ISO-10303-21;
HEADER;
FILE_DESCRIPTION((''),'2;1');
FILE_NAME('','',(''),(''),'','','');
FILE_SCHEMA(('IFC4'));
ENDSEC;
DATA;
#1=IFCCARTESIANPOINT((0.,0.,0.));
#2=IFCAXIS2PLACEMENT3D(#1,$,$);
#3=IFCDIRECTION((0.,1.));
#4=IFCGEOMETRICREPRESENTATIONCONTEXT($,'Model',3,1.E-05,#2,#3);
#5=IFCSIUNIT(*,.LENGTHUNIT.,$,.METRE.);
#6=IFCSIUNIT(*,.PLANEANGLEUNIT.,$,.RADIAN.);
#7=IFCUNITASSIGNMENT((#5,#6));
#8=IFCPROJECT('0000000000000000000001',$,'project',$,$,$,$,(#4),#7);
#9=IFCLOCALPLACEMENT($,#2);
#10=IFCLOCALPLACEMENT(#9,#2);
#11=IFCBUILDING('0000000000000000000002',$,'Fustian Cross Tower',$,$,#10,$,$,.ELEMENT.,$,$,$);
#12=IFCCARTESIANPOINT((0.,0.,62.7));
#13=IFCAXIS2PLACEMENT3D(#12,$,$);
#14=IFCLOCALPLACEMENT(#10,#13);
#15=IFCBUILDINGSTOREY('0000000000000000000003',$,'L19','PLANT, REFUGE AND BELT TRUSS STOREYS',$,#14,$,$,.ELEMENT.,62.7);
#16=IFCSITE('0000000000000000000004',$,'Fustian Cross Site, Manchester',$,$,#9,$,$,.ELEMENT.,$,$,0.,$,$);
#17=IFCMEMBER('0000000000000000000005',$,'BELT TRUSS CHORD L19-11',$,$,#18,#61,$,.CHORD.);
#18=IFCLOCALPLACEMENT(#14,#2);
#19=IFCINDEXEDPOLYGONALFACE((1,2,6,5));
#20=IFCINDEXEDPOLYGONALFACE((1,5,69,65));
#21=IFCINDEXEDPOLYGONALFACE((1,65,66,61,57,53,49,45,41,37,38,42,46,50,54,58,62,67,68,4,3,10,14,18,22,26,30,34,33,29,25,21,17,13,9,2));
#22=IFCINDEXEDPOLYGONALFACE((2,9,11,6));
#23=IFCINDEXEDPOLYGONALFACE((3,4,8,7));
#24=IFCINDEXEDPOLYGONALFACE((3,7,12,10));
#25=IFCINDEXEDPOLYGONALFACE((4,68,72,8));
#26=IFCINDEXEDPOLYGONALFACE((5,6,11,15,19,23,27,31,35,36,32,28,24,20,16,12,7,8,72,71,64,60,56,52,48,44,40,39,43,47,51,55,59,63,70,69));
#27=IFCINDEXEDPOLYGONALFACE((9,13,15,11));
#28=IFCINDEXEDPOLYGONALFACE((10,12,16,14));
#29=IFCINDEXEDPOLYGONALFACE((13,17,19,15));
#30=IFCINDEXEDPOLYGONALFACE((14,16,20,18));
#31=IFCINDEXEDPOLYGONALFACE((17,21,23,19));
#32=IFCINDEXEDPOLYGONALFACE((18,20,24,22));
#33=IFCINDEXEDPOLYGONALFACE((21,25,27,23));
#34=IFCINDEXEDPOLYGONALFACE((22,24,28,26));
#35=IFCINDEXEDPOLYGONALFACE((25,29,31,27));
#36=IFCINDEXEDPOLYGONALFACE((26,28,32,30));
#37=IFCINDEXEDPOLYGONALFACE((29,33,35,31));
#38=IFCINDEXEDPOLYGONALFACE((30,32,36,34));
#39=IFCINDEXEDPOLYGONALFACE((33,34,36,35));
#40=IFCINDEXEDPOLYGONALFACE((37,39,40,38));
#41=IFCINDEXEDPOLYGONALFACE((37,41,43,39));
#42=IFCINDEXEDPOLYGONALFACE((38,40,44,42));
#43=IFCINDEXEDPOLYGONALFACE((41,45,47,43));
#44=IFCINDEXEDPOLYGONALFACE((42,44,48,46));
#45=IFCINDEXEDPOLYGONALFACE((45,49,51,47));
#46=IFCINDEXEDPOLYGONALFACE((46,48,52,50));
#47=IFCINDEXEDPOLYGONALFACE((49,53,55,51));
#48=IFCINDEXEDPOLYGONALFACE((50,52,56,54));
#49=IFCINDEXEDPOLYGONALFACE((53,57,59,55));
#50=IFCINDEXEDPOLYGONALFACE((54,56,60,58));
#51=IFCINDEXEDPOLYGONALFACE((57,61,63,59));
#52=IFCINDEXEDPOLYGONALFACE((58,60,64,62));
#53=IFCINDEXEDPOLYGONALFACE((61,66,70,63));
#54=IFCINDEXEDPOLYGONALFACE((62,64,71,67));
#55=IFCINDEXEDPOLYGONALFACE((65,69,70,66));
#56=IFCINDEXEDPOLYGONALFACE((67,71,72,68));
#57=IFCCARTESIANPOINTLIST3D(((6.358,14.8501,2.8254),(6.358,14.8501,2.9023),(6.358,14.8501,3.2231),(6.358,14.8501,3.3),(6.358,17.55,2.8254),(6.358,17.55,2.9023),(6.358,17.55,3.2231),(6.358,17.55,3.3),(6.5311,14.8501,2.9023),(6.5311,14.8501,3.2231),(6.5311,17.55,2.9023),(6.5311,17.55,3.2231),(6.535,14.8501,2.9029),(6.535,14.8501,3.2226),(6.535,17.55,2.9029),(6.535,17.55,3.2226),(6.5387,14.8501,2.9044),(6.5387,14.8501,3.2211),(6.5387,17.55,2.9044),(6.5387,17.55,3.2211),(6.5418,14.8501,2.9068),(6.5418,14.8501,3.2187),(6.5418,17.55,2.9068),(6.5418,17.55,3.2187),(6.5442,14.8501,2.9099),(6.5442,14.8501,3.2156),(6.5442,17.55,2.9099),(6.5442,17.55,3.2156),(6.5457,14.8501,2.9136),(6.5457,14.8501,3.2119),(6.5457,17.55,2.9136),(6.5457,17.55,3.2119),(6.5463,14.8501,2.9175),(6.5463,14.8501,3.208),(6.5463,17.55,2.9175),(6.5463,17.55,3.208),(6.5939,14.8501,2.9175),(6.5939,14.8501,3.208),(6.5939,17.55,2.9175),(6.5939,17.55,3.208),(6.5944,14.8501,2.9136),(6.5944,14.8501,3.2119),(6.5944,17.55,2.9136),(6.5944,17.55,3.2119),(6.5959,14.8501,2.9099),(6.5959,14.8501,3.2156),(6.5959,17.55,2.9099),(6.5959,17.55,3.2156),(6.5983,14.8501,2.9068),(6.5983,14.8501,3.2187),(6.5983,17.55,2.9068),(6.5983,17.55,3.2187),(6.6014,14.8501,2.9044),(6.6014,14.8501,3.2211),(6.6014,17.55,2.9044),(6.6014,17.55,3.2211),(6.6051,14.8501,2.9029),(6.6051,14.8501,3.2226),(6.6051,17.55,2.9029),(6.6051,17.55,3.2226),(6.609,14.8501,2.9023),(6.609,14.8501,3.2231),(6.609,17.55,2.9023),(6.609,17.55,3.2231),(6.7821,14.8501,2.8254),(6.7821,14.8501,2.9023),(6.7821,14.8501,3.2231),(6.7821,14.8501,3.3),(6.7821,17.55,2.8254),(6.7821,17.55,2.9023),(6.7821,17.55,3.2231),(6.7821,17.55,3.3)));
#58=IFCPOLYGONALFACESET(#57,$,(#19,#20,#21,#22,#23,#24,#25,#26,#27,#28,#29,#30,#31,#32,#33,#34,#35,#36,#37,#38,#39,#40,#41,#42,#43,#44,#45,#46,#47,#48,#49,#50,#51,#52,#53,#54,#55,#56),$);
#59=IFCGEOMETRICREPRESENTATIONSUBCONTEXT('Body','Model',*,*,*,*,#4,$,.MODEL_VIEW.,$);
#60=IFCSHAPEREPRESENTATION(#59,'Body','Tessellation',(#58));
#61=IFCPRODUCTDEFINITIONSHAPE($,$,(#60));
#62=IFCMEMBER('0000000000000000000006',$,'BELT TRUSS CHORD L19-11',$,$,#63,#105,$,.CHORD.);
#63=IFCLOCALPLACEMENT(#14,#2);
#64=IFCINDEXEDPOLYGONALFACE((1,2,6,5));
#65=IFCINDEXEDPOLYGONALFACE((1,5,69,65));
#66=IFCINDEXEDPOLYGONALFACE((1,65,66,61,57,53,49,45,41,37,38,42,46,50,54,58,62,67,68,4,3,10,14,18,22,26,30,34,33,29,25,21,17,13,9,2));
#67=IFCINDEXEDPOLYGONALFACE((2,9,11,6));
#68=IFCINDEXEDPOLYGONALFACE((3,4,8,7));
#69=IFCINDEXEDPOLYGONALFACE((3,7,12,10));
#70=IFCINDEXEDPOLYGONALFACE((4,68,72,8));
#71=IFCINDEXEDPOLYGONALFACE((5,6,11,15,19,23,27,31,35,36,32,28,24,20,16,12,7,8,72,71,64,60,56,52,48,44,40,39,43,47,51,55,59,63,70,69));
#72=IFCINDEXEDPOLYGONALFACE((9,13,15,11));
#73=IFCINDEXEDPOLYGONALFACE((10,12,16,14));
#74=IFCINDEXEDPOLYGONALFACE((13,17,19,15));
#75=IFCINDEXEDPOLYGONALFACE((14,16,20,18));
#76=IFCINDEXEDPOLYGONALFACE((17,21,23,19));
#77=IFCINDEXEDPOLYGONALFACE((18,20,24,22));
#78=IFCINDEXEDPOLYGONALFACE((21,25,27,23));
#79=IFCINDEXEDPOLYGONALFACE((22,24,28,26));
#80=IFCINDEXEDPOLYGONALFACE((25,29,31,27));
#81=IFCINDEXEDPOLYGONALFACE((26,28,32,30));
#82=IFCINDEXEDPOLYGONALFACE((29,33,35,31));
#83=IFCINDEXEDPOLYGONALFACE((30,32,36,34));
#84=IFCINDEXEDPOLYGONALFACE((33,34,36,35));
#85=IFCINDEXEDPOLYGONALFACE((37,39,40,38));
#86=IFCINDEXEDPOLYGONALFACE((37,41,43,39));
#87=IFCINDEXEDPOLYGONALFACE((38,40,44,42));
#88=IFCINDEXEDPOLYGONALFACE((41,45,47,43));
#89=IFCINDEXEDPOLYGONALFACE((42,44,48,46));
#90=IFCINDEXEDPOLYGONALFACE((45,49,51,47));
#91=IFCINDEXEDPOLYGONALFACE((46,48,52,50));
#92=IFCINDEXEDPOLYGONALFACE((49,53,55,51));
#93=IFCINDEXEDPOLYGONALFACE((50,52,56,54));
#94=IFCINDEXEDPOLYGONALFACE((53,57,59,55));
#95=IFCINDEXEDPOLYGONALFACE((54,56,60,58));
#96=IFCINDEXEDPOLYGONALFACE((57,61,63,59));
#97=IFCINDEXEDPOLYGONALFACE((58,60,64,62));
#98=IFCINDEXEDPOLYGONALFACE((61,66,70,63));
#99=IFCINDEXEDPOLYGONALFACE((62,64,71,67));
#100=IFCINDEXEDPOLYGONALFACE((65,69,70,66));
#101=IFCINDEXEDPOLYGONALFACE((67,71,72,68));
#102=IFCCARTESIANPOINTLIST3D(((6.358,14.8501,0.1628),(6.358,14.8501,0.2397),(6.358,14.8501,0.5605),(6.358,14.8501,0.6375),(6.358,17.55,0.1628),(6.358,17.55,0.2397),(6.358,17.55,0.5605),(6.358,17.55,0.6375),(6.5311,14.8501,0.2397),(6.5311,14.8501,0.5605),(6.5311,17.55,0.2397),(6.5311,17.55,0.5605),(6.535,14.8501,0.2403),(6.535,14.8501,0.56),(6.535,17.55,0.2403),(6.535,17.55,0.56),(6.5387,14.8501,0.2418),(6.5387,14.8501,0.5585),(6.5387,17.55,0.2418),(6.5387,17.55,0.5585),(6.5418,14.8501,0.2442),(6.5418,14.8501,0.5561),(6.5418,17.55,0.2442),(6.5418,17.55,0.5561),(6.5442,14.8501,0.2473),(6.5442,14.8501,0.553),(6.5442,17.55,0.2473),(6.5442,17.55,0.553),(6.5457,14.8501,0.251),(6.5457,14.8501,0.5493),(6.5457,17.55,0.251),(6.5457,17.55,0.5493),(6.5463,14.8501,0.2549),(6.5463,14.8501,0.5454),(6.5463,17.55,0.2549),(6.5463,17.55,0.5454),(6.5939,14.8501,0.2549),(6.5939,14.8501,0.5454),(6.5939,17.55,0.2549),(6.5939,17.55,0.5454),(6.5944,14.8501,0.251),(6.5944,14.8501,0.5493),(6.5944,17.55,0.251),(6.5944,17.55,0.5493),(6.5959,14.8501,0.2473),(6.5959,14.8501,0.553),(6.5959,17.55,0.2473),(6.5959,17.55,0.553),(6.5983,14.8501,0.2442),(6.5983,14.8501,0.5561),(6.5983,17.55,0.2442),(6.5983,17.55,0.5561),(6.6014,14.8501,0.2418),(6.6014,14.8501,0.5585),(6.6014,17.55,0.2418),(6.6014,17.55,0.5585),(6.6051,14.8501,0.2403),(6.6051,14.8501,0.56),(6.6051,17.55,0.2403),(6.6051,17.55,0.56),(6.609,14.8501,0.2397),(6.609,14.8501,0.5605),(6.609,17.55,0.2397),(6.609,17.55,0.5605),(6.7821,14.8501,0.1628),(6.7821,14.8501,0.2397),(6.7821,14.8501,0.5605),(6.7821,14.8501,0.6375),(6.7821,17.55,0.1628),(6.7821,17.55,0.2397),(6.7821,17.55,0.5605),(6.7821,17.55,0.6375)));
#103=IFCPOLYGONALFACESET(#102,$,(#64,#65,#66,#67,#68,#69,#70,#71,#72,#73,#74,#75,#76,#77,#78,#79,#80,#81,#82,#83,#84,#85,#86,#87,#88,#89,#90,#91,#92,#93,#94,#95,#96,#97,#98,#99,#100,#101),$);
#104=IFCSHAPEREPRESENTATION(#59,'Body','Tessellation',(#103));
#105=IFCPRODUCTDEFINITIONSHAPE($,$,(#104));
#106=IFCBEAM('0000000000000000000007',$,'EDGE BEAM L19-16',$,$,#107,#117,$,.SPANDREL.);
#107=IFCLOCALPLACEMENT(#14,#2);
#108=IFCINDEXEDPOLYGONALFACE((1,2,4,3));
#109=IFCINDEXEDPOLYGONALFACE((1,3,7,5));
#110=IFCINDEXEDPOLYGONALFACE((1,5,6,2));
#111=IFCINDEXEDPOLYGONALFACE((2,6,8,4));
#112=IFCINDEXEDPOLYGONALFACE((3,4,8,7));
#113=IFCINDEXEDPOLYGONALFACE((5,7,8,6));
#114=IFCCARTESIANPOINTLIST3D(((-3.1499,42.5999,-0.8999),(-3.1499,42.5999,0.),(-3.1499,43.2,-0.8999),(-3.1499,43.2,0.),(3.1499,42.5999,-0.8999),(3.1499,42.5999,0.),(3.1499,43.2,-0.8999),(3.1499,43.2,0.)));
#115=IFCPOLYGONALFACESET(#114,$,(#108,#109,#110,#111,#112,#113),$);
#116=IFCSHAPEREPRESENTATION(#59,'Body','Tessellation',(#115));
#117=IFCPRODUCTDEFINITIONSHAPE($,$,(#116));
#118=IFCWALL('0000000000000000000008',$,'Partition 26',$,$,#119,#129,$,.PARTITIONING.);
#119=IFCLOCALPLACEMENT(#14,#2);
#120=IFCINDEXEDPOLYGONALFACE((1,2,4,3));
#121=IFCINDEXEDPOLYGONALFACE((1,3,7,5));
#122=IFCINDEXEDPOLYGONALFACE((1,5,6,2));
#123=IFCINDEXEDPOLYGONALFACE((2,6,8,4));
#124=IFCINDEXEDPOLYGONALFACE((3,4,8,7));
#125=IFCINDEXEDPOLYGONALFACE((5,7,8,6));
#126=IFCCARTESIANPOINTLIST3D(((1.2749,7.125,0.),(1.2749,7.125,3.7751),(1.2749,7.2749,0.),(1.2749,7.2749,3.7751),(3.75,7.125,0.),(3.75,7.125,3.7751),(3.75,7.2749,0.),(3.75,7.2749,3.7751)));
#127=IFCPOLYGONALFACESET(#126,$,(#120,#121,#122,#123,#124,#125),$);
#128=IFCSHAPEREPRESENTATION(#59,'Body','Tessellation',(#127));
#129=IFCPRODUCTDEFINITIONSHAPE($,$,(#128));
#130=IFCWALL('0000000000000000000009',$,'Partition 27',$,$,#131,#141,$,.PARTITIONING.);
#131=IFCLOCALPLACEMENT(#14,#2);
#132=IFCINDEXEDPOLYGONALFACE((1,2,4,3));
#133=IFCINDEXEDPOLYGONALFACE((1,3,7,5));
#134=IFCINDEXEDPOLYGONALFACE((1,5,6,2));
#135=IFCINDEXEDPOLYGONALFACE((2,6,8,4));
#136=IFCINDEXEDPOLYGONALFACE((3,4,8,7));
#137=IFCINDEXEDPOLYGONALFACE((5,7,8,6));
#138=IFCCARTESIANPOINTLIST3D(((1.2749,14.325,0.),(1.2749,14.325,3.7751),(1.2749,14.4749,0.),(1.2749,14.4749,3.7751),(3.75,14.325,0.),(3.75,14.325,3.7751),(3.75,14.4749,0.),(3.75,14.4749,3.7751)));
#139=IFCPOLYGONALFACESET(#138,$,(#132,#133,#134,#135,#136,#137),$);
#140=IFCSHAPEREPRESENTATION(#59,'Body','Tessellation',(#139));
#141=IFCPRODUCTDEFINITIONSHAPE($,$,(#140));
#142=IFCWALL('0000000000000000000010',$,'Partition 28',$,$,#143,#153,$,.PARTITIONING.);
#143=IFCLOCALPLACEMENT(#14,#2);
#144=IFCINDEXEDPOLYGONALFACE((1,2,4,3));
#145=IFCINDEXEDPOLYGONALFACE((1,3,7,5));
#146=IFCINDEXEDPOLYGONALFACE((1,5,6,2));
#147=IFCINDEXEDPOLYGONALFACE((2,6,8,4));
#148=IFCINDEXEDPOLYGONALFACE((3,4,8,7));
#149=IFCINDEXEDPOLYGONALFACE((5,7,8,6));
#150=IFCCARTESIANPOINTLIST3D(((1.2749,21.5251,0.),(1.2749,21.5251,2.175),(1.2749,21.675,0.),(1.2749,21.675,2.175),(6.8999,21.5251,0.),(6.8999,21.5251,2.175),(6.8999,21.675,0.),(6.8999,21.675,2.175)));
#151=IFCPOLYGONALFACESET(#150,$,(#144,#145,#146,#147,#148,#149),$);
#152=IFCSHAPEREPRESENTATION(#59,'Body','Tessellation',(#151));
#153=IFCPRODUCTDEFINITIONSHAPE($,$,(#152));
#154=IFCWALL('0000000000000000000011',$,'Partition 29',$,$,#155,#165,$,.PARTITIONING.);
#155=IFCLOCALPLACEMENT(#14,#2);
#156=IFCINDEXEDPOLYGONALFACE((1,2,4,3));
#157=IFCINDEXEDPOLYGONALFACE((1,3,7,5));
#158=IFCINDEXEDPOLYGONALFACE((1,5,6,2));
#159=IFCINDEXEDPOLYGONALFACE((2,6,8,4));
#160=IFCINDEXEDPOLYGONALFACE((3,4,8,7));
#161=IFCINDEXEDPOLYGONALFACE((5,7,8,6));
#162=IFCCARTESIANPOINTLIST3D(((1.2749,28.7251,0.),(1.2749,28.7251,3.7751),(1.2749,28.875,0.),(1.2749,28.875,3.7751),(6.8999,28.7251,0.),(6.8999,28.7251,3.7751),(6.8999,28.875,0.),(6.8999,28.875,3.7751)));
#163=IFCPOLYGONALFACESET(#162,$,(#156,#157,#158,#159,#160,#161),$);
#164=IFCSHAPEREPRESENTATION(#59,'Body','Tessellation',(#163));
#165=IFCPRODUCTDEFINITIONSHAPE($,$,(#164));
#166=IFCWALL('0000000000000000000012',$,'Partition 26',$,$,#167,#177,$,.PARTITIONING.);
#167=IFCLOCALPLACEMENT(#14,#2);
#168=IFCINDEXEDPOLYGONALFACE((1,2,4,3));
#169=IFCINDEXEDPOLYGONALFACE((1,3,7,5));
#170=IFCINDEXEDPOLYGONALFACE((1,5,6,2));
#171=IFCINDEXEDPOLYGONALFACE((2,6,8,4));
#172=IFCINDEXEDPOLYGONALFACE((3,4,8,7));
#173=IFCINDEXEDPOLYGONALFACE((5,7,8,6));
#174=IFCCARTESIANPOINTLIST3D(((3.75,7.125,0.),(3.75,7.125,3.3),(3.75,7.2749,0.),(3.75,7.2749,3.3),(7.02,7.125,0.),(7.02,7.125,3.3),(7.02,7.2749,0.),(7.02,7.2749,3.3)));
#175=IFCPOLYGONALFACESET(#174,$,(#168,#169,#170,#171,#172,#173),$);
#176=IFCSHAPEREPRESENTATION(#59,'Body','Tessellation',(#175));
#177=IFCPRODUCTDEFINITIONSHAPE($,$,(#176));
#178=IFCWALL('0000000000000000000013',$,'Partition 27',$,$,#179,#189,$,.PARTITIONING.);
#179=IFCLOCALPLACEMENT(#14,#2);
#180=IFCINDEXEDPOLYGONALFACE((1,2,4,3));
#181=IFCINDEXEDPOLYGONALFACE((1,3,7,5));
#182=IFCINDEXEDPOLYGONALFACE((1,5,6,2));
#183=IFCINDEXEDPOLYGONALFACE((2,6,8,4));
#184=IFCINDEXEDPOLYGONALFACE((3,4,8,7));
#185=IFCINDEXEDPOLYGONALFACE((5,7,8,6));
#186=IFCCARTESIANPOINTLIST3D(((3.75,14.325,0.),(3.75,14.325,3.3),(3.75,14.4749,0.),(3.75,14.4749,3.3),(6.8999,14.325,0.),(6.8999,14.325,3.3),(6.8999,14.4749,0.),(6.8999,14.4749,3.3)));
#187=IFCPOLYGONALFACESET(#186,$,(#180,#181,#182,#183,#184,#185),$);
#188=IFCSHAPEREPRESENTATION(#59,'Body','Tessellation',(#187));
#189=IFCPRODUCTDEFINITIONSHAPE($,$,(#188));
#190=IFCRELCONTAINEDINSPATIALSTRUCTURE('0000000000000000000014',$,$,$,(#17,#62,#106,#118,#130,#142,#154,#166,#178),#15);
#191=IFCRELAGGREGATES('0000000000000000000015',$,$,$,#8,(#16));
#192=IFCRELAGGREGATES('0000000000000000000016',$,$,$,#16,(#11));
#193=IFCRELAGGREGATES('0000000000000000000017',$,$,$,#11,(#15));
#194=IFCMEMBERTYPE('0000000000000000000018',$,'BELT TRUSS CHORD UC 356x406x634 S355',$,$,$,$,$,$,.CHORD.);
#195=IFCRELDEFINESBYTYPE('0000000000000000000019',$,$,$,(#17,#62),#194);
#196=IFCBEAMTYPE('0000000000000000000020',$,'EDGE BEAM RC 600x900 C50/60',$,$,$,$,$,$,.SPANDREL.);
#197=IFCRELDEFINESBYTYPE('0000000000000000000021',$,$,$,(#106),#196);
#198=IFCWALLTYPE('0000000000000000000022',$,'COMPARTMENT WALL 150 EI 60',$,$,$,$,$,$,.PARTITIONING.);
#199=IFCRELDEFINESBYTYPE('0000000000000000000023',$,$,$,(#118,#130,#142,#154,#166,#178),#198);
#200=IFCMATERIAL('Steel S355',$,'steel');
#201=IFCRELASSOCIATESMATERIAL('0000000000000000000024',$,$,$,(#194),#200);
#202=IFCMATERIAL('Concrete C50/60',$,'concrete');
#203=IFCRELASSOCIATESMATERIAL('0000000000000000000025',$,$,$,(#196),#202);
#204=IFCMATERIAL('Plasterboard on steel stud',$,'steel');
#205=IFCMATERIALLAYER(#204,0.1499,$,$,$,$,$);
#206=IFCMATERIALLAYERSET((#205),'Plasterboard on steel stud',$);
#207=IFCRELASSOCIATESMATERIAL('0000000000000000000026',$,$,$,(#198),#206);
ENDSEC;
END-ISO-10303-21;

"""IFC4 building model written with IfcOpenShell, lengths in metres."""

from ifc_helpers import new_model, si_unit, direction, frame, frame_2d, origin, origin_2d, place, context, subcontext, project, spatial, rectangle, i_section, extrude, material, layer, layer_set, material_profile, profile_set, type_object, element, save


model = new_model("IFC4")

# Units and contexts
model_context = context("Model", 3, precision=1e-05, world=origin(), true_north=direction((0.0, 1.0)))
body_context = subcontext(model_context, "Body", "Model", "MODEL_VIEW")
ifc_project = project(units=[si_unit("LENGTHUNIT", "METRE"), si_unit("PLANEANGLEUNIT", "RADIAN")], contexts=[model_context])

# Site, building, storey
site_placement = place(None, origin())
site = spatial("IfcSite", under=ifc_project, at=site_placement, Name="Fustian Cross Site, Manchester", CompositionType="ELEMENT", RefElevation=0.0)
building_placement = place(site_placement, origin())
building = spatial("IfcBuilding", under=site, at=building_placement, Name="Fustian Cross Tower", CompositionType="ELEMENT")
storey_placement = place(building_placement, frame((0.0, 0.0, 62.7)))
storey = spatial("IfcBuildingStorey", under=building, at=storey_placement, Name="L19", Description="PLANT, REFUGE AND BELT TRUSS STOREYS", CompositionType="ELEMENT", Elevation=62.7)

# Members
ifc_material_1 = material(Name="Steel S355", Category="steel")
ifc_material_profile_1 = material_profile(ifc_material_1, i_section(OverallWidth=0.4241, OverallDepth=0.4746, WebThickness=0.0476, FlangeThickness=0.0769, FilletRadius=0.0151, at=origin_2d()), Name="UC 356x406x634")
ifc_profile_set_1 = profile_set([ifc_material_profile_1], Name="Steel S355")
member_type_1 = type_object("IfcMemberType", Name="BELT TRUSS CHORD UC 356x406x634 S355", PredefinedType="CHORD", material=ifc_profile_set_1)
for number, where, z_axis, x_axis, name in (
    (1, (6.5701, 14.8501, 3.0627), (0.0, 1.0, 0.0), (-1.0, 0.0, 0.0), "BELT TRUSS CHORD L19-11"),
    (2, (6.5701, 14.8501, 0.4001), (0.0, 1.0, 0.0), (-1.0, 0.0, 0.0), "BELT TRUSS CHORD L19-11"),
):
    element("IfcMember", number, at=place(storey_placement, frame(where, z_axis=z_axis, x_axis=x_axis)), inside=storey, type_object=member_type_1, Name=name, PredefinedType="CHORD", context=body_context, shape_type="SweptSolid", body=[
        extrude(i_section(OverallWidth=0.4241, OverallDepth=0.4746, WebThickness=0.0476, FlangeThickness=0.0769, FilletRadius=0.0151, at=origin_2d()), origin(), (0.0, 0.0, 1.0), 2.7),
    ])

# Beam
ifc_material_2 = material(Name="Concrete C50/60", Category="concrete")
ifc_material_profile_2 = material_profile(ifc_material_2, rectangle(XDim=0.6001, YDim=0.8999, at=origin_2d()), Name="RC 600x900")
ifc_profile_set_2 = profile_set([ifc_material_profile_2], Name="Concrete C50/60")
beam_type = type_object("IfcBeamType", Name="EDGE BEAM RC 600x900 C50/60", PredefinedType="SPANDREL", material=ifc_profile_set_2)
beam_placement = place(storey_placement, frame((3.1499, 42.8999, -0.45), z_axis=(-1.0, 0.0, 0.0), x_axis=(0.0, -1.0, 0.0)))
element("IfcBeam", 3, at=beam_placement, inside=storey, type_object=beam_type, Name="EDGE BEAM L19-16", PredefinedType="SPANDREL", context=body_context, shape_type="SweptSolid", body=[
    extrude(rectangle(XDim=0.6001, YDim=0.8999, at=origin_2d()), origin(), (0.0, 0.0, 1.0), 6.2998),
])

# Walls
ifc_material_3 = material(Name="Plasterboard on steel stud", Category="steel")
ifc_layer_1 = layer(ifc_material_3, 0.1499)
ifc_layer_set_1 = layer_set([ifc_layer_1], Name="Plasterboard on steel stud")
wall_type_1 = type_object("IfcWallType", Name="COMPARTMENT WALL 150 EI 60", PredefinedType="PARTITIONING", material=ifc_layer_set_1)
for number, where, z_axis, x_axis, name in (
    (4, (1.2749, 7.2, 0.0), (0.0, 0.0, 1.0), (1.0, 0.0, 0.0), "Partition 26"),
    (5, (1.2749, 14.3999, 0.0), (0.0, 0.0, 1.0), (1.0, 0.0, 0.0), "Partition 27"),
):
    element("IfcWall", number, at=place(storey_placement, frame(where, z_axis=z_axis, x_axis=x_axis)), inside=storey, type_object=wall_type_1, Name=name, PredefinedType="PARTITIONING", context=body_context, shape_type="SweptSolid", body=[
        extrude(rectangle(XDim=2.4751, YDim=0.1499, at=frame_2d((1.2375, 0.0))), origin(), (0.0, 0.0, 1.0), 3.7751),
    ])
wall_1_placement = place(storey_placement, frame((1.2749, 21.6001, 0.0), z_axis=(0.0, 0.0, 1.0), x_axis=(1.0, 0.0, 0.0)))
element("IfcWall", 6, at=wall_1_placement, inside=storey, type_object=wall_type_1, Name="Partition 28", PredefinedType="PARTITIONING", context=body_context, shape_type="SweptSolid", body=[
    extrude(rectangle(XDim=5.625, YDim=0.1499, at=frame_2d((2.8125, 0.0))), origin(), (0.0, 0.0, 1.0), 2.175),
])
wall_2_placement = place(storey_placement, frame((1.2749, 28.8, 0.0), z_axis=(0.0, 0.0, 1.0), x_axis=(1.0, 0.0, 0.0)))
element("IfcWall", 7, at=wall_2_placement, inside=storey, type_object=wall_type_1, Name="Partition 29", PredefinedType="PARTITIONING", context=body_context, shape_type="SweptSolid", body=[
    extrude(rectangle(XDim=5.625, YDim=0.1499, at=frame_2d((2.8125, 0.0))), origin(), (0.0, 0.0, 1.0), 3.7751),
])
wall_3_placement = place(storey_placement, frame((3.75, 7.2, 0.0), z_axis=(0.0, 0.0, 1.0), x_axis=(1.0, 0.0, 0.0)))
element("IfcWall", 8, at=wall_3_placement, inside=storey, type_object=wall_type_1, Name="Partition 26", PredefinedType="PARTITIONING", context=body_context, shape_type="SweptSolid", body=[
    extrude(rectangle(XDim=3.27, YDim=0.1499, at=frame_2d((1.635, 0.0))), origin(), (0.0, 0.0, 1.0), 3.3),
])
wall_4_placement = place(storey_placement, frame((3.75, 14.3999, 0.0), z_axis=(0.0, 0.0, 1.0), x_axis=(1.0, 0.0, 0.0)))
element("IfcWall", 9, at=wall_4_placement, inside=storey, type_object=wall_type_1, Name="Partition 27", PredefinedType="PARTITIONING", context=body_context, shape_type="SweptSolid", body=[
    extrude(rectangle(XDim=3.1499, YDim=0.1499, at=frame_2d((1.575, 0.0))), origin(), (0.0, 0.0, 1.0), 3.3),
])

save(model, "model.ifc")
